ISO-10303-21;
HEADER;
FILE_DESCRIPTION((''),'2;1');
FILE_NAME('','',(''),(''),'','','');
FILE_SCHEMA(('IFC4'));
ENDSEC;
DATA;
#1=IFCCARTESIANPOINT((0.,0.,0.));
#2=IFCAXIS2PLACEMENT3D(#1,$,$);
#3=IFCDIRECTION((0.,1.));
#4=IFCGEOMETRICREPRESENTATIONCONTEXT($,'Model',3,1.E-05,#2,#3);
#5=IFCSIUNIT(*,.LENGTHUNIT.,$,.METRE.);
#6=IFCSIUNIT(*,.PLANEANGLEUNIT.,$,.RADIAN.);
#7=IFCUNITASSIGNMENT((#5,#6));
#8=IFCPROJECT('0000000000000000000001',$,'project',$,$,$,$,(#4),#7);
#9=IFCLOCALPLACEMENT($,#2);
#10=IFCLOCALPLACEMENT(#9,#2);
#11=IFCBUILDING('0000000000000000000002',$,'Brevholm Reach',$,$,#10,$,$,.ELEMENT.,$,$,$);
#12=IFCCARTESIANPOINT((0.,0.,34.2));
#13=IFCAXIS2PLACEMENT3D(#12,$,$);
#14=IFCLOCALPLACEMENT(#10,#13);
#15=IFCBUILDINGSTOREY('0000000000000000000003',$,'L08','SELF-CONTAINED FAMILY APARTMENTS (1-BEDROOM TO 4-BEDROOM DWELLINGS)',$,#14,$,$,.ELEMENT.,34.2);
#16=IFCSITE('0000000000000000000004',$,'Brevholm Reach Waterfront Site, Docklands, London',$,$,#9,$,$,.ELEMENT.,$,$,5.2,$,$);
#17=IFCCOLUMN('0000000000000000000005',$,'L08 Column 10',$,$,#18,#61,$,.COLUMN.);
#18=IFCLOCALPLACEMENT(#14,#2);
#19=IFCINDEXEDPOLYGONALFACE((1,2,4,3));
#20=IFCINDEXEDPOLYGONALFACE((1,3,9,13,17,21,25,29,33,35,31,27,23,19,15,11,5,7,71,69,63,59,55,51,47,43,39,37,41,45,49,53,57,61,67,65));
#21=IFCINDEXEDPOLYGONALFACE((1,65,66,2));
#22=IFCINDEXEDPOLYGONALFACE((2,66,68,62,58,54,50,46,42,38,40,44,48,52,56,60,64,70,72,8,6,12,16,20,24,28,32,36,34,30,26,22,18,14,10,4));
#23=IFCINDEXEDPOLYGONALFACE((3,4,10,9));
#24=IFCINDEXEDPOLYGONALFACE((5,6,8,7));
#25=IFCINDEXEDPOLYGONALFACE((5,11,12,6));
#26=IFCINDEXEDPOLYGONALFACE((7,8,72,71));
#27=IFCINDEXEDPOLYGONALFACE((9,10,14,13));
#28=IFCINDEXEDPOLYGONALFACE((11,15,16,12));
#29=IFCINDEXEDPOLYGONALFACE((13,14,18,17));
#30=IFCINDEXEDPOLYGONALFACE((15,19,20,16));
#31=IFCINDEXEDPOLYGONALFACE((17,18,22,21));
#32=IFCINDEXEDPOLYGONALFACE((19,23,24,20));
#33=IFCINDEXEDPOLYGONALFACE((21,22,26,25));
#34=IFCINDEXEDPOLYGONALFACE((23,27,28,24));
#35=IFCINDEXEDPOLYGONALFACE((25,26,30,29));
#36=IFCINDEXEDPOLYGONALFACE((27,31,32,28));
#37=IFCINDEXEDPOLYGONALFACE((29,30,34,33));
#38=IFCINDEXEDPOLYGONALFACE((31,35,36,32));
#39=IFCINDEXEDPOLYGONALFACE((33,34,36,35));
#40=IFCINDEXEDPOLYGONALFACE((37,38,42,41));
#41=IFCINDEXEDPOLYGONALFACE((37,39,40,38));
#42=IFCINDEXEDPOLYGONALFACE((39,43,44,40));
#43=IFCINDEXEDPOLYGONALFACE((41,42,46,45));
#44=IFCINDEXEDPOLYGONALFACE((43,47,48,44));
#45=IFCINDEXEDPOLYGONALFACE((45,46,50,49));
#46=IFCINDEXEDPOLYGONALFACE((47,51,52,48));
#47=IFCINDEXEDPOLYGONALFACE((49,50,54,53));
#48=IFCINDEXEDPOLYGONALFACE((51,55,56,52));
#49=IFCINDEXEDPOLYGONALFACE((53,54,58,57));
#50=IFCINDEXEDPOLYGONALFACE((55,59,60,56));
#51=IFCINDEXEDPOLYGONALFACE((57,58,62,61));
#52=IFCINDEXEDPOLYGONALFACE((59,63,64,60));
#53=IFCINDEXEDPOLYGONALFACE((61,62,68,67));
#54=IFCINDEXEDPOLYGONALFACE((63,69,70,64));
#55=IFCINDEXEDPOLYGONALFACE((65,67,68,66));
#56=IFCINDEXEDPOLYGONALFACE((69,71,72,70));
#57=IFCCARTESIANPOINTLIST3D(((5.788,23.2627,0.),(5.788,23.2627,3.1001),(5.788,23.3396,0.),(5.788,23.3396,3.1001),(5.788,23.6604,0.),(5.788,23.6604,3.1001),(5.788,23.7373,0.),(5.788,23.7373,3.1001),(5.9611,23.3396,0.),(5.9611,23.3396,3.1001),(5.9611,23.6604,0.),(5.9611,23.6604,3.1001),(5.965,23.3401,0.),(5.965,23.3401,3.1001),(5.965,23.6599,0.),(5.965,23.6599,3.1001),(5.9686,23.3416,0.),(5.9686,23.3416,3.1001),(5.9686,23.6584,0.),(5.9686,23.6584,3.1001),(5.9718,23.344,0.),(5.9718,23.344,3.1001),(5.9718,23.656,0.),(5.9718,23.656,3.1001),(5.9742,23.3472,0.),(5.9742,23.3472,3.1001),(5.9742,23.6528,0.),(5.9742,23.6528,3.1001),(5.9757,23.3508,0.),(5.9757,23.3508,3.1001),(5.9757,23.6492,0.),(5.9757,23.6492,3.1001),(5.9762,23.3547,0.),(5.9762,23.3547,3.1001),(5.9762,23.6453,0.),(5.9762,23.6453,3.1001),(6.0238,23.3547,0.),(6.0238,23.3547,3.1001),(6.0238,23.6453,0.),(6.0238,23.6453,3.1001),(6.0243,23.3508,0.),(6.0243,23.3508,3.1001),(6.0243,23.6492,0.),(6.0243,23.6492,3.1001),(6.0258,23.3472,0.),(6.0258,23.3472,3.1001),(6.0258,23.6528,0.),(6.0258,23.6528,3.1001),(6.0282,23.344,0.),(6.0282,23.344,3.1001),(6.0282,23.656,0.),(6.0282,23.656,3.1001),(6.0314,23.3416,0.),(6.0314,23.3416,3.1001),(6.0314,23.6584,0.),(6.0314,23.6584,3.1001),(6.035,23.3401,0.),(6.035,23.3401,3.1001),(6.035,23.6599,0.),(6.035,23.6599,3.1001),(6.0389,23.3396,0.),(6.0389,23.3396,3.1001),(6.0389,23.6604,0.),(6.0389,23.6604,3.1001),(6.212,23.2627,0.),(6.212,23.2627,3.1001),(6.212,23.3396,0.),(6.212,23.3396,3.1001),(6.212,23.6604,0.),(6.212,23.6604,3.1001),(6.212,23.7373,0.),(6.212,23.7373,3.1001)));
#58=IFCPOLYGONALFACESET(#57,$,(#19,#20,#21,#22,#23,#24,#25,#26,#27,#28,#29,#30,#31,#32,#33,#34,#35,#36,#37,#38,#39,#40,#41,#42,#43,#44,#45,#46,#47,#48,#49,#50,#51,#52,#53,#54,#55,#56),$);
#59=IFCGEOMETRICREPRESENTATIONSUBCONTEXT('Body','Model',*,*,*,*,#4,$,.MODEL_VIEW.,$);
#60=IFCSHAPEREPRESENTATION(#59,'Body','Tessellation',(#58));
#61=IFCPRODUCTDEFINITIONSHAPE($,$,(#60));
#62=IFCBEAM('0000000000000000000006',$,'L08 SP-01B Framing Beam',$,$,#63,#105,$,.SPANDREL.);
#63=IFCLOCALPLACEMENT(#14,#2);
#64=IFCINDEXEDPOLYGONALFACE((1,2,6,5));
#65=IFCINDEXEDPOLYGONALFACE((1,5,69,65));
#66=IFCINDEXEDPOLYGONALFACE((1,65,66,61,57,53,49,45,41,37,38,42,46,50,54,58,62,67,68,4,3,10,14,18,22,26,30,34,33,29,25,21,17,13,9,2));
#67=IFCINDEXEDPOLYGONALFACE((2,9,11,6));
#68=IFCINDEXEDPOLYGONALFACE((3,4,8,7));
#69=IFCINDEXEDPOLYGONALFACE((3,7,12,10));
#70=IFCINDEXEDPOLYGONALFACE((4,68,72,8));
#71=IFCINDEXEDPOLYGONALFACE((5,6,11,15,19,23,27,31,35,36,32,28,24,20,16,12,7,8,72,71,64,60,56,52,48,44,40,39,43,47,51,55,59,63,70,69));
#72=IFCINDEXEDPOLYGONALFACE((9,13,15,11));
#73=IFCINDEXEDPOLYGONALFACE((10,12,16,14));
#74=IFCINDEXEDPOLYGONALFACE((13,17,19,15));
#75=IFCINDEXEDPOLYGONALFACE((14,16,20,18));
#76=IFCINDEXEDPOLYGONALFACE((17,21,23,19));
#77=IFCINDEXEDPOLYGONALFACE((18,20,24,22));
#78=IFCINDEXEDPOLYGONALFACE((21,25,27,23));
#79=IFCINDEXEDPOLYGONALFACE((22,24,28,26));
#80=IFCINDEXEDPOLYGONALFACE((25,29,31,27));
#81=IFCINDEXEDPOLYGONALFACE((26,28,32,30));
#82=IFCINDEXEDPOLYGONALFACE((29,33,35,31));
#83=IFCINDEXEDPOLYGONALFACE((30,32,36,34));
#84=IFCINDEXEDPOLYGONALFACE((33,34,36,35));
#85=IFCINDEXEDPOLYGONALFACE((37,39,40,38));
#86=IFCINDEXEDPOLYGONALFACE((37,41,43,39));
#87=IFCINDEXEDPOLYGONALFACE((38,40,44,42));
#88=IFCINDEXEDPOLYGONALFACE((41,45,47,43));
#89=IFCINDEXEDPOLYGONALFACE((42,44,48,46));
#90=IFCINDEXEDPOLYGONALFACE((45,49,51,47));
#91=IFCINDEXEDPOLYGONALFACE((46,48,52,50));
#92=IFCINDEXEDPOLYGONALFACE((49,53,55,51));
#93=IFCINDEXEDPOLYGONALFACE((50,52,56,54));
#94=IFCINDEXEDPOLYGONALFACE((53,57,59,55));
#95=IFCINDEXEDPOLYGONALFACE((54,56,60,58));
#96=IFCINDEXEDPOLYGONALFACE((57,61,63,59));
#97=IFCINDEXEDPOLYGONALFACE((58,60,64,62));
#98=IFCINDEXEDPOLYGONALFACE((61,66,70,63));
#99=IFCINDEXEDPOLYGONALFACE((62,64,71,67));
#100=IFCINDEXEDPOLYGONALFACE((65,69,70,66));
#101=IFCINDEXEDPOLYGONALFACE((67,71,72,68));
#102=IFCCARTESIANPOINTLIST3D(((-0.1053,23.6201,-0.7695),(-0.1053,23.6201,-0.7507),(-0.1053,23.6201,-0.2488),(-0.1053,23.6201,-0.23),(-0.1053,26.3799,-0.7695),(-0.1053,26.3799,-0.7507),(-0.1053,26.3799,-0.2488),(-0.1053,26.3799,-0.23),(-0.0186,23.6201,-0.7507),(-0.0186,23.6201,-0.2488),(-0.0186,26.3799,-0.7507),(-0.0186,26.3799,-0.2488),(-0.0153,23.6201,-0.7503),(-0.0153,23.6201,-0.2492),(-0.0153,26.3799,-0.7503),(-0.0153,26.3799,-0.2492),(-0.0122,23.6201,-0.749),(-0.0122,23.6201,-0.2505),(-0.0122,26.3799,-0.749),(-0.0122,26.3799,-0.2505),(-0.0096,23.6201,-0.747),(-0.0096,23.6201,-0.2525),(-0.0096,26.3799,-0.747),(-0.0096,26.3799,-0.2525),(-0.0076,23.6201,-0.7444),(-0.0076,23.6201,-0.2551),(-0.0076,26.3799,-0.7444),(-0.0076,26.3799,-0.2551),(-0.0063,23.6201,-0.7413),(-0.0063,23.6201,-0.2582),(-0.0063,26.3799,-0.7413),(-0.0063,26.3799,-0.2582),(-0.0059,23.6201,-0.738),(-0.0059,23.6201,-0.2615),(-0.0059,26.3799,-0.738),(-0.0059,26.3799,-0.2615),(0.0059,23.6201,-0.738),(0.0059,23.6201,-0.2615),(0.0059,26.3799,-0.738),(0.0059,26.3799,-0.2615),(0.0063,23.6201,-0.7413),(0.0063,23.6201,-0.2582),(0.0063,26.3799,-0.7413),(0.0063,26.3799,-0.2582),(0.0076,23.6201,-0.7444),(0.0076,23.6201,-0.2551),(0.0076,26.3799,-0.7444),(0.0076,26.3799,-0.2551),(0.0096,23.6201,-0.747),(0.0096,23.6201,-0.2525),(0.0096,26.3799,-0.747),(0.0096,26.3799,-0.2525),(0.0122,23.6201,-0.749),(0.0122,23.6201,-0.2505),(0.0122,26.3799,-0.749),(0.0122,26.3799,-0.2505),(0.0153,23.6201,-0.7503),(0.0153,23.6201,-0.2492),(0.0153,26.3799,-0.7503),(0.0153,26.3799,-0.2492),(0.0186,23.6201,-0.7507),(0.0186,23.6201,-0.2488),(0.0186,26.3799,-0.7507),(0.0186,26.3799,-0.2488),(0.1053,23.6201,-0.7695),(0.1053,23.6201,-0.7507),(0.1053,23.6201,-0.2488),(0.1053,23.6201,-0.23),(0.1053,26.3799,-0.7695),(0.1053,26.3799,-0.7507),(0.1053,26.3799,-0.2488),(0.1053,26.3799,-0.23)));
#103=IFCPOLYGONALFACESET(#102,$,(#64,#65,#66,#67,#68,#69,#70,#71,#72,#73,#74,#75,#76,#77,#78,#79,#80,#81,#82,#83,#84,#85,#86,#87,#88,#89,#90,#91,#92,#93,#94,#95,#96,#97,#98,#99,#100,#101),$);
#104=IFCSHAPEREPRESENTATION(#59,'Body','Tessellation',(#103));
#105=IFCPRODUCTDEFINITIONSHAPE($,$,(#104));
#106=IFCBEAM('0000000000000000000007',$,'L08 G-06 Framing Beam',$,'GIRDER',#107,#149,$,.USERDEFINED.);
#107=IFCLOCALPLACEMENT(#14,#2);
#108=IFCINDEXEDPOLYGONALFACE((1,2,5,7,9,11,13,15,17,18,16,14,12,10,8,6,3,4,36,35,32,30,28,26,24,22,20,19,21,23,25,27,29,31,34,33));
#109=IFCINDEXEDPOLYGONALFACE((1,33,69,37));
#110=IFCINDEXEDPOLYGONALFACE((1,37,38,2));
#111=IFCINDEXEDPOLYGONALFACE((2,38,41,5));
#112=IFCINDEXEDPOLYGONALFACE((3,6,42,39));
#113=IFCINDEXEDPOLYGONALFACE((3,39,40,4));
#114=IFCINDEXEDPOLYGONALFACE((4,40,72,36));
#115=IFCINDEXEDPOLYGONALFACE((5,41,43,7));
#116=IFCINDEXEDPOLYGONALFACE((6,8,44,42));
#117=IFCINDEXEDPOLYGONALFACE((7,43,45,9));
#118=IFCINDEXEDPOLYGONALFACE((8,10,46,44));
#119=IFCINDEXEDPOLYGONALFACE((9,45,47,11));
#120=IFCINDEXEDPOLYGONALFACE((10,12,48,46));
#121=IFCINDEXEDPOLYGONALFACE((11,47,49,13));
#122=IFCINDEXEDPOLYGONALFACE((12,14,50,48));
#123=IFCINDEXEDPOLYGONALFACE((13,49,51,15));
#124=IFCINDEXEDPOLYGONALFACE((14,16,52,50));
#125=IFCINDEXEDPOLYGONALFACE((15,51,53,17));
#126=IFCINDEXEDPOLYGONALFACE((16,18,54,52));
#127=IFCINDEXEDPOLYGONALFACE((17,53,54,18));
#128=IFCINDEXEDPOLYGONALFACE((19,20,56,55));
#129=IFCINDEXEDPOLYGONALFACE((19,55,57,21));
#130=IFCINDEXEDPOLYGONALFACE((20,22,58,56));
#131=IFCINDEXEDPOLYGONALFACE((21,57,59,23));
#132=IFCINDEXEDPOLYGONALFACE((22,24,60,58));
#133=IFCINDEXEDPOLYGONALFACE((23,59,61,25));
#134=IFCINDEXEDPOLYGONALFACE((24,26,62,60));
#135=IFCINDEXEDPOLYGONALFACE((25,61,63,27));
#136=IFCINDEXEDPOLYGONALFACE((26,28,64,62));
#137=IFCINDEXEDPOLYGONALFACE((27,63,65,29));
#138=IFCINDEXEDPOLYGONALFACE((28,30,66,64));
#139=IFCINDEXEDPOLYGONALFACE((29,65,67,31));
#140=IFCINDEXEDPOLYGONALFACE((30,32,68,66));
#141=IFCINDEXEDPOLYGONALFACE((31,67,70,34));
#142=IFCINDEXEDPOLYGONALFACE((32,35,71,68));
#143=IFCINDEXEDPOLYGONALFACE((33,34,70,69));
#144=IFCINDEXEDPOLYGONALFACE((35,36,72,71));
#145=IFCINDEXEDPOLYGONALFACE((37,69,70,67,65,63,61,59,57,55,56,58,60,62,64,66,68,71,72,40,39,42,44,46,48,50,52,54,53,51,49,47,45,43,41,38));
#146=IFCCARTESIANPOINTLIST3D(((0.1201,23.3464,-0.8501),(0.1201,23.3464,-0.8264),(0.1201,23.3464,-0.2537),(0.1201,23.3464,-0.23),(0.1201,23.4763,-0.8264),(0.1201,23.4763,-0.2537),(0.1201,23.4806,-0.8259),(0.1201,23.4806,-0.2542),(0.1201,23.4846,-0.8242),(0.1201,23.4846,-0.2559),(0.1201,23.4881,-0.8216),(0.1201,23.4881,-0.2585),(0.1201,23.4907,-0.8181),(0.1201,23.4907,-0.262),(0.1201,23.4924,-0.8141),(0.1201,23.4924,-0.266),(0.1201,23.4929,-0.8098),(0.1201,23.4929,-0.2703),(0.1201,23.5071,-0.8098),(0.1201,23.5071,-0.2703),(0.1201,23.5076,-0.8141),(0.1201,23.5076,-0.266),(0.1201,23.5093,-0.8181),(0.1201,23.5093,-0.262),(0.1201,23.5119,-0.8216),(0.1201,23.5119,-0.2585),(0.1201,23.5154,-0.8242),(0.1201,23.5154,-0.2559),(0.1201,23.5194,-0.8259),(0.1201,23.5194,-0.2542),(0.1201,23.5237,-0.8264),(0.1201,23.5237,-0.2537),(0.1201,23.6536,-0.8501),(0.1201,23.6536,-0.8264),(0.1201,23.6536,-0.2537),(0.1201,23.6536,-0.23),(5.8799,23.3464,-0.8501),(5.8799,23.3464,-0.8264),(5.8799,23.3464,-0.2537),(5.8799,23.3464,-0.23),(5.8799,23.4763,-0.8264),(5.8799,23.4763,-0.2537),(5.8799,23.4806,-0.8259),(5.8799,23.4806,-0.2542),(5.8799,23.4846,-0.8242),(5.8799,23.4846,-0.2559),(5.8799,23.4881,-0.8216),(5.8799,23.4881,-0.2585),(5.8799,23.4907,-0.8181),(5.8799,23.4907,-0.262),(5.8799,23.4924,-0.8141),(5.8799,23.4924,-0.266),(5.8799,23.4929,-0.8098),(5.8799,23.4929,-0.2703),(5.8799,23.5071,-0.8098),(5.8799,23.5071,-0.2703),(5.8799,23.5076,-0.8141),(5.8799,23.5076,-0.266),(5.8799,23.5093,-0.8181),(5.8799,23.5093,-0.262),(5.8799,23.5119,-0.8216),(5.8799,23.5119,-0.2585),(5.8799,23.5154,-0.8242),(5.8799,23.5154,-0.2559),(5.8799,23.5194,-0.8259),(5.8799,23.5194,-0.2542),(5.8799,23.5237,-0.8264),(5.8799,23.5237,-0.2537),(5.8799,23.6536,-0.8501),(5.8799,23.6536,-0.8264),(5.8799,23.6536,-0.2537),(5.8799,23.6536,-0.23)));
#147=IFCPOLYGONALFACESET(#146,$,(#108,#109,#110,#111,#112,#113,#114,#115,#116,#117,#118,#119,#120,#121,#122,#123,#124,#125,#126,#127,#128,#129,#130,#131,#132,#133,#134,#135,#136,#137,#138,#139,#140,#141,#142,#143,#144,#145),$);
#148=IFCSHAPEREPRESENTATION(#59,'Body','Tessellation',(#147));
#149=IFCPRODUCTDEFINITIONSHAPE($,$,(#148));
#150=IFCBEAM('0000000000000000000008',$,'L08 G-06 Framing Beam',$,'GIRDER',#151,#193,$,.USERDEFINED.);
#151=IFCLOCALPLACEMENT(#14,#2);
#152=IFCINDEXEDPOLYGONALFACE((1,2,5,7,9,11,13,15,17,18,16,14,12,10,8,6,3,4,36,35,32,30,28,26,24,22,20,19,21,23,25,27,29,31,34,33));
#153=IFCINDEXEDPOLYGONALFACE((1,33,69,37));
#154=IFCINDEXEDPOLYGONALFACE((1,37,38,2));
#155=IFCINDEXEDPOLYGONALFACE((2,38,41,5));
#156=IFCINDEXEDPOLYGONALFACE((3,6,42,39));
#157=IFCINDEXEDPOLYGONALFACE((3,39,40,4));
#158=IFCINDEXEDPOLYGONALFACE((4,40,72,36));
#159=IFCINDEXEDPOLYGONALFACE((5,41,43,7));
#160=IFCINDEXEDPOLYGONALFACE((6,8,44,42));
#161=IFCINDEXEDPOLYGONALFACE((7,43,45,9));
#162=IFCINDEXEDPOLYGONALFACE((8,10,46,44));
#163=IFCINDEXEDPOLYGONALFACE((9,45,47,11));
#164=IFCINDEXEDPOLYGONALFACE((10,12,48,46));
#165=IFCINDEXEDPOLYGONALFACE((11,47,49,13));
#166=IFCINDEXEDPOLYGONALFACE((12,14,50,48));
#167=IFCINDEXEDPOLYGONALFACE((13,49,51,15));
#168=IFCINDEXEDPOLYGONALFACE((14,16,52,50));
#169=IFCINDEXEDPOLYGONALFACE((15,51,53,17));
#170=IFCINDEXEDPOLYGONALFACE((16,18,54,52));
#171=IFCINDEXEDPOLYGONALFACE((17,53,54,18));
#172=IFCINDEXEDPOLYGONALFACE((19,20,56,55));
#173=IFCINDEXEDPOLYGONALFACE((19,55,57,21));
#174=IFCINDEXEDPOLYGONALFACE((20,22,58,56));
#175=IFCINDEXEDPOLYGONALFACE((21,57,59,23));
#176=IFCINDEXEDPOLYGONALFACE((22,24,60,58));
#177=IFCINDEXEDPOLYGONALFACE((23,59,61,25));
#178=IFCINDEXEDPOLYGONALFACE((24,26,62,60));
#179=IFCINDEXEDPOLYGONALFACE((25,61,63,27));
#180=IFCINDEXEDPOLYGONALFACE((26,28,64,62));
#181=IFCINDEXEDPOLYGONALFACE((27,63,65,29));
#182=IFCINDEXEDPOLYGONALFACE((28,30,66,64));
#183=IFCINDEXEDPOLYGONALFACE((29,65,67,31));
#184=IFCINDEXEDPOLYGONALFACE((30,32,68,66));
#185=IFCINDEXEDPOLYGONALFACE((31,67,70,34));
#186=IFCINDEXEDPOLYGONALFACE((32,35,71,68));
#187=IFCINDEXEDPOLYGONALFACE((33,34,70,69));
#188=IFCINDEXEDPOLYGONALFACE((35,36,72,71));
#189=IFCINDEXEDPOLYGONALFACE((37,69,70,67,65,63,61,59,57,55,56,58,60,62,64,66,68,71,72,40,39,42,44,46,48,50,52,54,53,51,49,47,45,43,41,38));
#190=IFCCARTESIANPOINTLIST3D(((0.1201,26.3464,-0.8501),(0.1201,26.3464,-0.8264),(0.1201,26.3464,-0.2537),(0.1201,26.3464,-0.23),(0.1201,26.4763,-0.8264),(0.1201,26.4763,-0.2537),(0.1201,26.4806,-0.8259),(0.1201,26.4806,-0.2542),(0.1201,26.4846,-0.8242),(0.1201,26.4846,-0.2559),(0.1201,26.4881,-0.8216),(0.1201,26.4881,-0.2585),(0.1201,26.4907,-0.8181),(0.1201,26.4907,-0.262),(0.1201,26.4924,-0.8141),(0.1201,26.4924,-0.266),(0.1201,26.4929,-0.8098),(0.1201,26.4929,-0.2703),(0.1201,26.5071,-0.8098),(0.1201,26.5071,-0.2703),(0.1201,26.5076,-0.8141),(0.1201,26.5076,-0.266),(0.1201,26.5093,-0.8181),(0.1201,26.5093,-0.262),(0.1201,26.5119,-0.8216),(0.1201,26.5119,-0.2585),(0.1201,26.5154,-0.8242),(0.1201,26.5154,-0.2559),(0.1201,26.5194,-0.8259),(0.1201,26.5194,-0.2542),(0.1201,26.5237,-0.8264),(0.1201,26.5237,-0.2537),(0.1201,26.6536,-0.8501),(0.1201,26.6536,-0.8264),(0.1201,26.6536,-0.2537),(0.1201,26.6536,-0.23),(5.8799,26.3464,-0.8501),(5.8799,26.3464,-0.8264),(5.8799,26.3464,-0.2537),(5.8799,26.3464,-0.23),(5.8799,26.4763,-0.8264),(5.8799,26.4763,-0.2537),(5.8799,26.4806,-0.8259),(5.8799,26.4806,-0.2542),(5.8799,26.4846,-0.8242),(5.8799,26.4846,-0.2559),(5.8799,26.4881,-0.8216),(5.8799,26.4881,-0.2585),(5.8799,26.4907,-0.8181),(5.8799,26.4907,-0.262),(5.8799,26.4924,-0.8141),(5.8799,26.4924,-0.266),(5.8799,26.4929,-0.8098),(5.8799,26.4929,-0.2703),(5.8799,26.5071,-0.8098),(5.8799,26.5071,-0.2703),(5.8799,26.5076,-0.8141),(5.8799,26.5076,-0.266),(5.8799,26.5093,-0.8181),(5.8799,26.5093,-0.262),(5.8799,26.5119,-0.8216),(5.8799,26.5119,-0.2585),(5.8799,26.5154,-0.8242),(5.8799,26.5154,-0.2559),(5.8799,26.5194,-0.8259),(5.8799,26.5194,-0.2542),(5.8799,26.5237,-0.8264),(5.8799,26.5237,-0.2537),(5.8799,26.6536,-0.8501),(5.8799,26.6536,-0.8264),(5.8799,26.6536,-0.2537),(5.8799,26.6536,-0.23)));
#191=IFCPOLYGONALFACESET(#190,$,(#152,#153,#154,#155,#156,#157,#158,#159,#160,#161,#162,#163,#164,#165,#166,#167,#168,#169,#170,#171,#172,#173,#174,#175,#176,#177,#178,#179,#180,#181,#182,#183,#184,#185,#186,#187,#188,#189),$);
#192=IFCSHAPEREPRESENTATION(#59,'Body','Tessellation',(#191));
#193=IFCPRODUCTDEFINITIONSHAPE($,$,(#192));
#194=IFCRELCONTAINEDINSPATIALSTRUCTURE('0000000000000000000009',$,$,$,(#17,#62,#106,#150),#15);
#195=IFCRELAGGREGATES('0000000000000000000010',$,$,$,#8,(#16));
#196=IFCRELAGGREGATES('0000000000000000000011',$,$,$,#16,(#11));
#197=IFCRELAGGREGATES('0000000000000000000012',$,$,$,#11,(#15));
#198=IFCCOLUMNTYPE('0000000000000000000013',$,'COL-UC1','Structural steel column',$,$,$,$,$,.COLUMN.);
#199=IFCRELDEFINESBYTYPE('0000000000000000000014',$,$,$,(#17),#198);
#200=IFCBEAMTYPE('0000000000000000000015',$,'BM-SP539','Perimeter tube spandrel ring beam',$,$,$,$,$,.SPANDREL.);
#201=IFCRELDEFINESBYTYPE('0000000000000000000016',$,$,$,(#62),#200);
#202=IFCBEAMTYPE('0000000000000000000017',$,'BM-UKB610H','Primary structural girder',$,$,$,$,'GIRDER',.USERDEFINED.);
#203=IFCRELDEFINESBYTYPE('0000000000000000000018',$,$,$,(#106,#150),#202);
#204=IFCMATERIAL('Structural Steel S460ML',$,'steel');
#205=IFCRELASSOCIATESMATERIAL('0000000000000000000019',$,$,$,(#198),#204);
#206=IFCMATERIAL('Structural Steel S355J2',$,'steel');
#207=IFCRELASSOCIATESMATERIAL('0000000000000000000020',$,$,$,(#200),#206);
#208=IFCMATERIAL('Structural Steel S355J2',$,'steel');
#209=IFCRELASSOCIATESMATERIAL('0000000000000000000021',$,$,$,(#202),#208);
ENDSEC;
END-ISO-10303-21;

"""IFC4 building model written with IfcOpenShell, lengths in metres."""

from ifc_helpers import new_model, si_unit, direction, frame, origin, origin_2d, place, context, subcontext, project, spatial, i_section, extrude, material, material_profile, profile_set, type_object, element, save


model = new_model("IFC4")

# Units and contexts
model_context = context("Model", 3, precision=1e-05, world=origin(), true_north=direction((0.0, 1.0)))
body_context = subcontext(model_context, "Body", "Model", "MODEL_VIEW")
ifc_project = project(units=[si_unit("LENGTHUNIT", "METRE"), si_unit("PLANEANGLEUNIT", "RADIAN")], contexts=[model_context])

# Site, building, storey
site_placement = place(None, origin())
site = spatial("IfcSite", under=ifc_project, at=site_placement, Name="Brevholm Reach Waterfront Site, Docklands, London", CompositionType="ELEMENT", RefElevation=5.2)
building_placement = place(site_placement, origin())
building = spatial("IfcBuilding", under=site, at=building_placement, Name="Brevholm Reach", CompositionType="ELEMENT")
storey_placement = place(building_placement, frame((0.0, 0.0, 34.2)))
storey = spatial("IfcBuildingStorey", under=building, at=storey_placement, Name="L08", Description="SELF-CONTAINED FAMILY APARTMENTS (1-BEDROOM TO 4-BEDROOM DWELLINGS)", CompositionType="ELEMENT", Elevation=34.2)

# Column
ifc_material_1 = material(Name="Structural Steel S460ML", Category="steel")
ifc_material_profile_1 = material_profile(ifc_material_1, i_section(OverallWidth=0.4241, OverallDepth=0.4746, WebThickness=0.0476, FlangeThickness=0.0769, FilletRadius=0.0151, at=origin_2d()), Name="UKC 356x406x634")
ifc_profile_set_1 = profile_set([ifc_material_profile_1], Name="Structural Steel S460ML")
column_type_1 = type_object("IfcColumnType", Name="COL-UC1", Description="Structural steel column", PredefinedType="COLUMN", material=ifc_profile_set_1)
column_1_placement = place(storey_placement, frame((6.0, 23.5, 0.0), z_axis=(0.0, 0.0, 1.0), x_axis=(1.0, 0.0, 0.0)))
element("IfcColumn", 1, at=column_1_placement, inside=storey, type_object=column_type_1, Name="L08 Column 10", PredefinedType="COLUMN", context=body_context, shape_type="SweptSolid", body=[
    extrude(i_section(OverallWidth=0.4241, OverallDepth=0.4746, WebThickness=0.0476, FlangeThickness=0.0769, FilletRadius=0.0151, at=origin_2d()), origin(), (0.0, 0.0, 1.0), 3.1001),
])

# Beams
ifc_material_2 = material(Name="Structural Steel S355J2", Category="steel")
ifc_material_profile_2 = material_profile(ifc_material_2, i_section(OverallWidth=0.2107, OverallDepth=0.5396, WebThickness=0.0117, FlangeThickness=0.0188, FilletRadius=0.0127, at=origin_2d()), Name="UKB 533x210x109")
ifc_profile_set_2 = profile_set([ifc_material_profile_2], Name="Structural Steel S355J2")
beam_type_1 = type_object("IfcBeamType", Name="BM-SP539", Description="Perimeter tube spandrel ring beam", PredefinedType="SPANDREL", material=ifc_profile_set_2)
beam_1_placement = place(storey_placement, frame((0.0, 23.6201, -0.4998), z_axis=(0.0, 1.0, 0.0), x_axis=(-1.0, 0.0, 0.0)))
element("IfcBeam", 2, at=beam_1_placement, inside=storey, type_object=beam_type_1, Name="L08 SP-01B Framing Beam", PredefinedType="SPANDREL", context=body_context, shape_type="SweptSolid", body=[
    extrude(i_section(OverallWidth=0.2107, OverallDepth=0.5396, WebThickness=0.0117, FlangeThickness=0.0188, FilletRadius=0.0127, at=origin_2d()), origin(), (0.0, 0.0, 1.0), 2.7598),
])
ifc_material_3 = material(Name="Structural Steel S355J2", Category="steel")
ifc_material_profile_3 = material_profile(ifc_material_3, i_section(OverallWidth=0.3071, OverallDepth=0.6201, WebThickness=0.0142, FlangeThickness=0.0237, FilletRadius=0.0166, at=origin_2d()), Name="UKB 610x305x179")
ifc_profile_set_3 = profile_set([ifc_material_profile_3], Name="Structural Steel S355J2")
beam_type_2 = type_object("IfcBeamType", Name="BM-UKB610H", Description="Primary structural girder", ElementType="GIRDER", PredefinedType="USERDEFINED", material=ifc_profile_set_3)
for number, where, z_axis, x_axis, name in (
    (3, (0.1201, 23.5, -0.54), (1.0, 0.0, 0.0), (0.0, 1.0, 0.0), "L08 G-06 Framing Beam"),
    (4, (0.1201, 26.5, -0.54), (1.0, 0.0, 0.0), (0.0, 1.0, 0.0), "L08 G-06 Framing Beam"),
):
    element("IfcBeam", number, at=place(storey_placement, frame(where, z_axis=z_axis, x_axis=x_axis)), inside=storey, type_object=beam_type_2, Name=name, ObjectType="GIRDER", PredefinedType="USERDEFINED", context=body_context, shape_type="SweptSolid", body=[
        extrude(i_section(OverallWidth=0.3071, OverallDepth=0.6201, WebThickness=0.0142, FlangeThickness=0.0237, FilletRadius=0.0166, at=origin_2d()), origin(), (0.0, 0.0, 1.0), 5.7598),
    ])

save(model, "model.ifc")
